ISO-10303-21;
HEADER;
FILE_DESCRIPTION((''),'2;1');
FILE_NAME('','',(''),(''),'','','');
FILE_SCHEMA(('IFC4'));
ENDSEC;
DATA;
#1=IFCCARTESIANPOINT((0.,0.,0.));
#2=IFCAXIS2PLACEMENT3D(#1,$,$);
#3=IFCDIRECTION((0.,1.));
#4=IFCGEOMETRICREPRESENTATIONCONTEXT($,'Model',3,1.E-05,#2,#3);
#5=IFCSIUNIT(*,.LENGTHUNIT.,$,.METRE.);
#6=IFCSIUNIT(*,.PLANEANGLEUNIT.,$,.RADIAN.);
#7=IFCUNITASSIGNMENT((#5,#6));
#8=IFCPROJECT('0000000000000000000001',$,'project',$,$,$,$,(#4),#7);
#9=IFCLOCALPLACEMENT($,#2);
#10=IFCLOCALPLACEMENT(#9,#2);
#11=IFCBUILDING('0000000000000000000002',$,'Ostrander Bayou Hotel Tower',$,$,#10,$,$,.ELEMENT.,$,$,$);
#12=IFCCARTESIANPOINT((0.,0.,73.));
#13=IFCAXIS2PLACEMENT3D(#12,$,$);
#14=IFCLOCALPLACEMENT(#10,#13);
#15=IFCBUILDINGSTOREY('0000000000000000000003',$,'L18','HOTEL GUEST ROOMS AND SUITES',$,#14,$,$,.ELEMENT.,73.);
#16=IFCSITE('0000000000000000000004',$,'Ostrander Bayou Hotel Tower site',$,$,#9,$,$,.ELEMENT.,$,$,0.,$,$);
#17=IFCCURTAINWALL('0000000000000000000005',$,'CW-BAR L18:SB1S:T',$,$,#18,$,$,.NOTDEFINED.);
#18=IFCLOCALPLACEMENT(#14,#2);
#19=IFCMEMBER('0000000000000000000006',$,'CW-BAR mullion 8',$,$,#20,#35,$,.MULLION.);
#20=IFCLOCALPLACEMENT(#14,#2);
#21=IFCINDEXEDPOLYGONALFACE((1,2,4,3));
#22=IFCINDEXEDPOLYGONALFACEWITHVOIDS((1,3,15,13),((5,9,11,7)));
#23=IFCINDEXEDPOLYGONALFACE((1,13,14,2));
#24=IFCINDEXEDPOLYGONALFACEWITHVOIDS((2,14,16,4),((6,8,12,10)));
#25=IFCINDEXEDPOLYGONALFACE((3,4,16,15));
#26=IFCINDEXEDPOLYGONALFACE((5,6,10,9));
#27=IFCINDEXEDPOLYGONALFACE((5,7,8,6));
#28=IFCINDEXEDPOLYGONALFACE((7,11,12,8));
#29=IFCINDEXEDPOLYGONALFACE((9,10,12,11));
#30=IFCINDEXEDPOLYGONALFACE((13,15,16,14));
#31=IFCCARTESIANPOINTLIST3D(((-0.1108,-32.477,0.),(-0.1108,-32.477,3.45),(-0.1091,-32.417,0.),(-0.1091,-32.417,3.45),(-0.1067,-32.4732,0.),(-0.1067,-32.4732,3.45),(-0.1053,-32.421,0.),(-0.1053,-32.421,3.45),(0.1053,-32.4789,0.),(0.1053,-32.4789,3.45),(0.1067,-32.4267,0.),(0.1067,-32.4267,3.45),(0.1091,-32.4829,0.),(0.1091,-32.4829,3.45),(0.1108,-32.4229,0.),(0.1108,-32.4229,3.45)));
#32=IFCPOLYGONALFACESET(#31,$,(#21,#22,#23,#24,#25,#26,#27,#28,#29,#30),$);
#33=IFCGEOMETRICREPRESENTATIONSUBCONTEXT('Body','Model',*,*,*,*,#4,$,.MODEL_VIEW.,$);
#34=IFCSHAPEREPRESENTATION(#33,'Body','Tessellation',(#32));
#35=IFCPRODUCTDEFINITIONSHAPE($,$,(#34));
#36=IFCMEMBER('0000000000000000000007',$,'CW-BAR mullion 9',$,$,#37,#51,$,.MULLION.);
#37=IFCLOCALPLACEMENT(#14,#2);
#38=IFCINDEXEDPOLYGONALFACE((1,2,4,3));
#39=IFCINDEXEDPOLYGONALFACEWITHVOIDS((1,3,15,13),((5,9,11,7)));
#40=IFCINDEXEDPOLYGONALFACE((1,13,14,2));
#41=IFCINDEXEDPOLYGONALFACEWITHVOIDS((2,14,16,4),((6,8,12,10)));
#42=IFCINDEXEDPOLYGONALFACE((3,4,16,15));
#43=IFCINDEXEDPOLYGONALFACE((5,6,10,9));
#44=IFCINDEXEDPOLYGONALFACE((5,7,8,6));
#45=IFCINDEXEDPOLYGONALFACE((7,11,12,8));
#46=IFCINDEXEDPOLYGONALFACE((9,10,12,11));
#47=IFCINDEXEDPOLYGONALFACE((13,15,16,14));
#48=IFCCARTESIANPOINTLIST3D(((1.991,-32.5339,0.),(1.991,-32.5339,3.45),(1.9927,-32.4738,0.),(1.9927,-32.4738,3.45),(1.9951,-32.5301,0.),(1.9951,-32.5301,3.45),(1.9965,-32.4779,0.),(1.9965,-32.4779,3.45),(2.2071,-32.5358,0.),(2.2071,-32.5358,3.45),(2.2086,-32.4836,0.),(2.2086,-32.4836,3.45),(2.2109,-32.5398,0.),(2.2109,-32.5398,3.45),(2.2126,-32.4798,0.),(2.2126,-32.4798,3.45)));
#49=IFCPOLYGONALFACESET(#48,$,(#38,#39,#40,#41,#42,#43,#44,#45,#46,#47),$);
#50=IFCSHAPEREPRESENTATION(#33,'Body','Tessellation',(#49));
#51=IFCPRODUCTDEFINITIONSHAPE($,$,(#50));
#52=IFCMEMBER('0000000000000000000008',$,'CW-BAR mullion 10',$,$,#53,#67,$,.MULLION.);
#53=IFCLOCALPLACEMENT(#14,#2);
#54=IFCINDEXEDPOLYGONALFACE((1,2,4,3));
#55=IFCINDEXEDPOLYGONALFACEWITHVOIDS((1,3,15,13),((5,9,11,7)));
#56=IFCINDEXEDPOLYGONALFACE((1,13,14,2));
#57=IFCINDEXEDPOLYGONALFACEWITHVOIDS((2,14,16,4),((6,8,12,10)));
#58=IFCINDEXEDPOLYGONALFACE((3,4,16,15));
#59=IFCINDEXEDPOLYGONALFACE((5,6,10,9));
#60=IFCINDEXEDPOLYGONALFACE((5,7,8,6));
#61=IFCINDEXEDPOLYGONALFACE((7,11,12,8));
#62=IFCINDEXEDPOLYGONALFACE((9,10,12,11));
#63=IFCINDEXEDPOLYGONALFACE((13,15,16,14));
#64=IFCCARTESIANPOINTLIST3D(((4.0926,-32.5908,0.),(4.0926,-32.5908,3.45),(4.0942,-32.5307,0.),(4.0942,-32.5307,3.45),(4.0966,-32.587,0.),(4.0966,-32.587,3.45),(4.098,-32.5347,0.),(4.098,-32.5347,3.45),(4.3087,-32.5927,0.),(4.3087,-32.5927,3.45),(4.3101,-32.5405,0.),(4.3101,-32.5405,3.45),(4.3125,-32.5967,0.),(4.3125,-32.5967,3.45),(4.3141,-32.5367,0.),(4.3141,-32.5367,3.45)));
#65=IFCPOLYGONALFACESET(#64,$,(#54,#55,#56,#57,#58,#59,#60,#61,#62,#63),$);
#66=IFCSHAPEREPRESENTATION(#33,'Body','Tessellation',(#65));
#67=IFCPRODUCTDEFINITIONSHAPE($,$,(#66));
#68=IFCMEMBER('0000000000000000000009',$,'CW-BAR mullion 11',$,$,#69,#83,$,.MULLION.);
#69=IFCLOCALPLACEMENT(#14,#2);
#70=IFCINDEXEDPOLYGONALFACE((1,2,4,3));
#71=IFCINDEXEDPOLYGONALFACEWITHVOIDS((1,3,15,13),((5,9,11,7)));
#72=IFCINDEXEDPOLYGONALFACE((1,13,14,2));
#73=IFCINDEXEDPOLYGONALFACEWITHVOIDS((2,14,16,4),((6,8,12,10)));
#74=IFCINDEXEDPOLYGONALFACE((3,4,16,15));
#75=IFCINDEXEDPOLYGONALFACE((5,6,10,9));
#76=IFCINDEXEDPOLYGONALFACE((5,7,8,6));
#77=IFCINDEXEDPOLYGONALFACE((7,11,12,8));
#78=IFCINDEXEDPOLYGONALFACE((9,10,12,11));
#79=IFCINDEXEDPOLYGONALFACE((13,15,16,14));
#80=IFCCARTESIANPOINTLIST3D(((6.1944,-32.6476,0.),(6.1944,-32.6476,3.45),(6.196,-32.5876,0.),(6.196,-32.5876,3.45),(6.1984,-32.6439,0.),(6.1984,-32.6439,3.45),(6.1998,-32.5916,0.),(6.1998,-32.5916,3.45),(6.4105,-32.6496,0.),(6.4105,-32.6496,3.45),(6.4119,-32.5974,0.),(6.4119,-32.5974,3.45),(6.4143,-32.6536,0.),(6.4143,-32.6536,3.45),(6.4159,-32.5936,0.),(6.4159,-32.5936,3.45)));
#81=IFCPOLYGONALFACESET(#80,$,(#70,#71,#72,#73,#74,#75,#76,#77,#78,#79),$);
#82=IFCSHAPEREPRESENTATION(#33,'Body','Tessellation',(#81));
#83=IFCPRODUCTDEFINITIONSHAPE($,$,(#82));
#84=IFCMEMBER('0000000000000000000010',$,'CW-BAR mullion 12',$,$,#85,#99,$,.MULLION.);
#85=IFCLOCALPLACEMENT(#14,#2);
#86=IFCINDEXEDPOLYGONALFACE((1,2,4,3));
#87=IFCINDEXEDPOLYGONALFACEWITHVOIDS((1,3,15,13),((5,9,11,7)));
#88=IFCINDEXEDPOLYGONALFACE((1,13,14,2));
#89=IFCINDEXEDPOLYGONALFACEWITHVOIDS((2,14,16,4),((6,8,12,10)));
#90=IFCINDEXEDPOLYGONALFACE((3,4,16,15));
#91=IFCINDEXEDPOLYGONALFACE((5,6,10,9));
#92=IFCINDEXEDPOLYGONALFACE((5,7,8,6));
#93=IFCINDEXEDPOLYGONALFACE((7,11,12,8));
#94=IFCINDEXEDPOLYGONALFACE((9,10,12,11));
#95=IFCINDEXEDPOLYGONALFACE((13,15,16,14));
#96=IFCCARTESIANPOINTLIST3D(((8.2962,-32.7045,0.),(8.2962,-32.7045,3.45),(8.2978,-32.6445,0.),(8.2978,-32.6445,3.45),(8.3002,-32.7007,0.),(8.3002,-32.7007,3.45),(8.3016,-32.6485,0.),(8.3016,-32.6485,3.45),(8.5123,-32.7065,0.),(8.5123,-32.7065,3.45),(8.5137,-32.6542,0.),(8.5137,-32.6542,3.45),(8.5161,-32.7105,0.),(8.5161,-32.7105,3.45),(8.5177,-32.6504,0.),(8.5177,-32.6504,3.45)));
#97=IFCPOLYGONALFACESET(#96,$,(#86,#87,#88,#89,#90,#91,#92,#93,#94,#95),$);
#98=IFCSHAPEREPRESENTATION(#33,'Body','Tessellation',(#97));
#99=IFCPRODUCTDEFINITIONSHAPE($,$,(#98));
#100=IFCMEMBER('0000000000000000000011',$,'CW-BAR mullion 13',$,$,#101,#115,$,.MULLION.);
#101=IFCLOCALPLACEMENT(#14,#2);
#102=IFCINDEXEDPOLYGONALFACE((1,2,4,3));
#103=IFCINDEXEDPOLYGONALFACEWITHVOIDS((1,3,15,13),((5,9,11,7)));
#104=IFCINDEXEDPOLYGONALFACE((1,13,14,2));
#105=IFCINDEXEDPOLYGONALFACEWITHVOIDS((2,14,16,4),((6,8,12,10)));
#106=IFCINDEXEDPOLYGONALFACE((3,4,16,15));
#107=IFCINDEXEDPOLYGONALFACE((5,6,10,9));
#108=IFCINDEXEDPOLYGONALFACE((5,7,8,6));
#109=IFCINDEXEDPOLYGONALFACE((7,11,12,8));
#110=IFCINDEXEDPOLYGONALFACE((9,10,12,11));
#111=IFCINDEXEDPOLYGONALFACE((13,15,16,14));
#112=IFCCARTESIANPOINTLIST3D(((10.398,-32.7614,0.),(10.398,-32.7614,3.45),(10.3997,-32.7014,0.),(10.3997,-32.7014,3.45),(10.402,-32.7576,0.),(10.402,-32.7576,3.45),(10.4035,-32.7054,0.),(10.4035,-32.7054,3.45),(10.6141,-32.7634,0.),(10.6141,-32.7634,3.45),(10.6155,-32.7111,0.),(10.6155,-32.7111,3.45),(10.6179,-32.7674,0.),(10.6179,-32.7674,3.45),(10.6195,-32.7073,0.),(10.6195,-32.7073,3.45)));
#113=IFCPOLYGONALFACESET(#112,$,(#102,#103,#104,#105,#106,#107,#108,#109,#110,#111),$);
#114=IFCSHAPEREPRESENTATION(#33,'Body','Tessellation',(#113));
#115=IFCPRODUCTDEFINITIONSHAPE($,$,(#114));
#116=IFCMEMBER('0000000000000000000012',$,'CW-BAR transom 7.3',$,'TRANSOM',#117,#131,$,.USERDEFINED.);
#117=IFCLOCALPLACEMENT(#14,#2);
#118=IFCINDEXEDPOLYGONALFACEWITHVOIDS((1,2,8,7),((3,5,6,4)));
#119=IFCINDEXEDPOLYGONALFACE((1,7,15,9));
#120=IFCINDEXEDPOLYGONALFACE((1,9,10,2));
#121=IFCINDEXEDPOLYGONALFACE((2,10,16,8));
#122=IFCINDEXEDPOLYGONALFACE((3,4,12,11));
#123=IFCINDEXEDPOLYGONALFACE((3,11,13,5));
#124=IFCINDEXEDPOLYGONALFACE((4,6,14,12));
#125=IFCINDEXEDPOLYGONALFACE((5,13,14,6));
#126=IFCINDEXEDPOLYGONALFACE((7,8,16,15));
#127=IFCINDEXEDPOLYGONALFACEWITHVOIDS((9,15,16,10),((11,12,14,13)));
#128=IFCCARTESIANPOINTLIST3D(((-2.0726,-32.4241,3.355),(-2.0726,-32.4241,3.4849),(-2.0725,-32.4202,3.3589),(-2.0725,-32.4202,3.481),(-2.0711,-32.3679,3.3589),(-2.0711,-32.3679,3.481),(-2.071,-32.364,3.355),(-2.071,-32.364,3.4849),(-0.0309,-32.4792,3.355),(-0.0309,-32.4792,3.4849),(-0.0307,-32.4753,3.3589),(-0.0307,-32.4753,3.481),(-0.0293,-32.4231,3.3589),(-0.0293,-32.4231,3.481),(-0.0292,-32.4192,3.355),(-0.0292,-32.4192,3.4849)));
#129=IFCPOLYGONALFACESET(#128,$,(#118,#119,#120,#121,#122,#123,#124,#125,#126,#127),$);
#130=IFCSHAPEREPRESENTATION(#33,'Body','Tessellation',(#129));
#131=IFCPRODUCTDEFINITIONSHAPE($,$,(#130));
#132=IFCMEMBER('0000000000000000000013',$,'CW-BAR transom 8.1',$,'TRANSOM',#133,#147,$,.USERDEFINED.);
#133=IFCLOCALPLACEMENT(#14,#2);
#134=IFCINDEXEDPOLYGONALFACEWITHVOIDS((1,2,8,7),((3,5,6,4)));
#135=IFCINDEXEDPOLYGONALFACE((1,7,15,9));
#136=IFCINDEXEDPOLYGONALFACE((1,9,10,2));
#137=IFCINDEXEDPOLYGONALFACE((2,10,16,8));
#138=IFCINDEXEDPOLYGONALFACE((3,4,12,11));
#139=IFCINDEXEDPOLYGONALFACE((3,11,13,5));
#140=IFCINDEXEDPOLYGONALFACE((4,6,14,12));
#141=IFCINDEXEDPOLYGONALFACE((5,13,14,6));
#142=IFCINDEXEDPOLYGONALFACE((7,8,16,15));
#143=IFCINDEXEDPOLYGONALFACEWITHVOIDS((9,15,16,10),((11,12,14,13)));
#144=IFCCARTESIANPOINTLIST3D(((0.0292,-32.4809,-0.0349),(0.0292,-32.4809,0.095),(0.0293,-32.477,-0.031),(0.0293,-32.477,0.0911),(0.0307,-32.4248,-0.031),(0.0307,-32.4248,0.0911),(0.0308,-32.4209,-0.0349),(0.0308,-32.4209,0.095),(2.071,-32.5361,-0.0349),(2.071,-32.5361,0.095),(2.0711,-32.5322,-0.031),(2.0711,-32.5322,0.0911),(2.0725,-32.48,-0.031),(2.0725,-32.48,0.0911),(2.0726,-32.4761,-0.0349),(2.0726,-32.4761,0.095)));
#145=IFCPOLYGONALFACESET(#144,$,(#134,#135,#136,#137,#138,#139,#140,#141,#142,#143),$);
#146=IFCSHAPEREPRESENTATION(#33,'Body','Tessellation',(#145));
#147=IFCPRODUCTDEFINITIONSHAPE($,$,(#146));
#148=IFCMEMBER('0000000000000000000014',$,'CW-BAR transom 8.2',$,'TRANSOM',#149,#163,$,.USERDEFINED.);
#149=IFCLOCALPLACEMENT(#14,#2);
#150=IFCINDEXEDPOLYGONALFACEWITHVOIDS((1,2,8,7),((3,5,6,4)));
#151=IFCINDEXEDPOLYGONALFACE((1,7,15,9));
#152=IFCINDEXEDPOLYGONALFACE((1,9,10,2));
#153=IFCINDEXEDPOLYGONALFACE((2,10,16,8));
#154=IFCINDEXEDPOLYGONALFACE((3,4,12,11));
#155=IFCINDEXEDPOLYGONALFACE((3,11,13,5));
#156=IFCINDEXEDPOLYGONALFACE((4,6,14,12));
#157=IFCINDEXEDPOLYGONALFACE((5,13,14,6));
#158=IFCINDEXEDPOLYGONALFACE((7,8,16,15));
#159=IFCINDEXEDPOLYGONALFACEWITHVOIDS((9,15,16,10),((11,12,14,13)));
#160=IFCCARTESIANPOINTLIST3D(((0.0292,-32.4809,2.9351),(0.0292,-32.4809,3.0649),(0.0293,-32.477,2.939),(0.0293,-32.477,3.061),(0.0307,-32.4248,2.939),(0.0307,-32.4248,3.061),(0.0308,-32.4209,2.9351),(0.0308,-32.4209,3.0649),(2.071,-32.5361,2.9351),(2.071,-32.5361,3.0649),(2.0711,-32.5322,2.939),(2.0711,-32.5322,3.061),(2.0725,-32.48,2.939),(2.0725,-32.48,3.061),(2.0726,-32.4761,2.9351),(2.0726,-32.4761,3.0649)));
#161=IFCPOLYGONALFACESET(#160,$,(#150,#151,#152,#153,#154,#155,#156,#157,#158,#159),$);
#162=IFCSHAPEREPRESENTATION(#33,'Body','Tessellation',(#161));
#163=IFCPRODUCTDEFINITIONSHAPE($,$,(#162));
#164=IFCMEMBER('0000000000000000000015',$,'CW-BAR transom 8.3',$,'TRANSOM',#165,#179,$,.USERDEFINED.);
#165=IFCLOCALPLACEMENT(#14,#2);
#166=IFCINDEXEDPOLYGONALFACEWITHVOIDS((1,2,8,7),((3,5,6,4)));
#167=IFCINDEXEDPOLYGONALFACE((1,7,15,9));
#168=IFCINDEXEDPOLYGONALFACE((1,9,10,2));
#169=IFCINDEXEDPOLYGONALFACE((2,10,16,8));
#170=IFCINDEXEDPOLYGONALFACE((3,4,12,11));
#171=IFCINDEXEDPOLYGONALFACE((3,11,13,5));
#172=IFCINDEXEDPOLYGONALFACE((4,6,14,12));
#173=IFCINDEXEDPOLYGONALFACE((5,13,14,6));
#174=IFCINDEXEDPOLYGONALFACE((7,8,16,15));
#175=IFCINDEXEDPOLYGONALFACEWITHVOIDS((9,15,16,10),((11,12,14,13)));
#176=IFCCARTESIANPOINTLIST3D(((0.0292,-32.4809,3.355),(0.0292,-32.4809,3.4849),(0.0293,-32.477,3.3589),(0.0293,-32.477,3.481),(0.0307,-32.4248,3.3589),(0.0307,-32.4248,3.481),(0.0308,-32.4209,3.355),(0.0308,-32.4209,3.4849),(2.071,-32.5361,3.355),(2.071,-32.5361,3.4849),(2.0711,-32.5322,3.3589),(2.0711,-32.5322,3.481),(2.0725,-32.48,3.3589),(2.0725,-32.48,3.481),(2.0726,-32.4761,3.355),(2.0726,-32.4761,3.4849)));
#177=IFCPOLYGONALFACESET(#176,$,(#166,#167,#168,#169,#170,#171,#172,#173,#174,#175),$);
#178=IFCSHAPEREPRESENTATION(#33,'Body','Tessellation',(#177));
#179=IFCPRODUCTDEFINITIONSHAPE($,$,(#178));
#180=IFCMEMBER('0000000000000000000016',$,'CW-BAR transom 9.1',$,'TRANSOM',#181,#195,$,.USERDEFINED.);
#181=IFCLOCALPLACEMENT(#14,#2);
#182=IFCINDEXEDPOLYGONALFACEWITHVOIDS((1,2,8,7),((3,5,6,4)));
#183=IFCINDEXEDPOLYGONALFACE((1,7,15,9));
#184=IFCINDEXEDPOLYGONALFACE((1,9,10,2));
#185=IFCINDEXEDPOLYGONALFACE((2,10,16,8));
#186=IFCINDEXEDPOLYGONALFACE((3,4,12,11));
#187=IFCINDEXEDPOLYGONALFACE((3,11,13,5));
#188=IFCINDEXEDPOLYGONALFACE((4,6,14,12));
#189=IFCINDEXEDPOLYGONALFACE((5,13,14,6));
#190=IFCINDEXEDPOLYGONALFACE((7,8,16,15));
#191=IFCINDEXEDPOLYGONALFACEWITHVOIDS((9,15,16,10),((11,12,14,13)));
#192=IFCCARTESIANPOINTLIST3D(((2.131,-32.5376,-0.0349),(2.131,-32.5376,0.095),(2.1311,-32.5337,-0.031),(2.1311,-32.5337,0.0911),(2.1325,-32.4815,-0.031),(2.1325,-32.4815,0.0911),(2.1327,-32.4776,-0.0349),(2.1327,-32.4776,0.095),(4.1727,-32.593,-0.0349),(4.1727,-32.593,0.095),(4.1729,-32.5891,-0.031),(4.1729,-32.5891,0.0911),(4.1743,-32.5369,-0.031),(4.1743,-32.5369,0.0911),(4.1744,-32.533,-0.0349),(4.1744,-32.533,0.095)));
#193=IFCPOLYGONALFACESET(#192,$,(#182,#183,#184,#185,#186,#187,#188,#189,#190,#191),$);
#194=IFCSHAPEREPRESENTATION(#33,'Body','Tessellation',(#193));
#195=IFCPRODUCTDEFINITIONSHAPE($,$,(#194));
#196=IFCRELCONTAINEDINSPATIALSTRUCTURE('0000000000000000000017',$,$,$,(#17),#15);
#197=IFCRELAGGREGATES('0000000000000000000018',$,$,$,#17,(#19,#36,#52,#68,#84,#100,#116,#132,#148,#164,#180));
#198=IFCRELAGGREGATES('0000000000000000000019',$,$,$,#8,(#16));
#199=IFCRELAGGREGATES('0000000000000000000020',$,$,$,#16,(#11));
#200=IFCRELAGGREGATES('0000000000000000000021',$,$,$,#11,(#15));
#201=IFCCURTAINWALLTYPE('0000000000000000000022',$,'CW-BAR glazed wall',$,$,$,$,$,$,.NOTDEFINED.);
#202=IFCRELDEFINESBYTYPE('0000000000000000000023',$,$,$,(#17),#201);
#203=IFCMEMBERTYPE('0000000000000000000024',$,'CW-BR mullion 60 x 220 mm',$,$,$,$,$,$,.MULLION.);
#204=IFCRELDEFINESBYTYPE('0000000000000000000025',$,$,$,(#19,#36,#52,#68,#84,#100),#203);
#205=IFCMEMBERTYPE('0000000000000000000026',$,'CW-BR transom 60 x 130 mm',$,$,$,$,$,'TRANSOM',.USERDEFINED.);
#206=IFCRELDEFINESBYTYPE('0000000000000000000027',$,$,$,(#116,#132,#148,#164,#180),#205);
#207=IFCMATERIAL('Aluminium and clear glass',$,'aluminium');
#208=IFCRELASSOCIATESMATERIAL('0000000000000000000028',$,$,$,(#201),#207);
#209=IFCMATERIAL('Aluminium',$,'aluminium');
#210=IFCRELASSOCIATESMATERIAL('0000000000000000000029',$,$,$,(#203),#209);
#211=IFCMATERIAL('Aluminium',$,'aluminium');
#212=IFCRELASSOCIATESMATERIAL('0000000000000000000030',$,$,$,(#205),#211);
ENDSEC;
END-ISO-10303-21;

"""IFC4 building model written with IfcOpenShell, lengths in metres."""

from ifc_helpers import new_model, si_unit, direction, frame, origin, origin_2d, place, context, subcontext, project, spatial, hollow_rectangle, extrude, material, material_profile, profile_set, type_object, element, aggregate, save


model = new_model("IFC4")

# Units and contexts
model_context = context("Model", 3, precision=1e-05, world=origin(), true_north=direction((0.0, 1.0)))
body_context = subcontext(model_context, "Body", "Model", "MODEL_VIEW")
ifc_project = project(units=[si_unit("LENGTHUNIT", "METRE"), si_unit("PLANEANGLEUNIT", "RADIAN")], contexts=[model_context])

# Site, building, storey
site_placement = place(None, origin())
site = spatial("IfcSite", under=ifc_project, at=site_placement, Name="Ostrander Bayou Hotel Tower site", CompositionType="ELEMENT", RefElevation=0.0)
building_placement = place(site_placement, origin())
building = spatial("IfcBuilding", under=site, at=building_placement, Name="Ostrander Bayou Hotel Tower", CompositionType="ELEMENT")
storey_placement = place(building_placement, frame((0.0, 0.0, 73.0)))
storey = spatial("IfcBuildingStorey", under=building, at=storey_placement, Name="L18", Description="HOTEL GUEST ROOMS AND SUITES", CompositionType="ELEMENT", Elevation=73.0)

# Curtain wall, members
ifc_material_1 = material(Name="Aluminium and clear glass", Category="aluminium")
curtain_wall_type = type_object("IfcCurtainWallType", Name="CW-BAR glazed wall", PredefinedType="NOTDEFINED", material=ifc_material_1)
curtain_wall_placement = place(storey_placement, origin())
curtain_wall = element("IfcCurtainWall", 1, at=curtain_wall_placement, inside=storey, type_object=curtain_wall_type, Name="CW-BAR L18:SB1S:T", PredefinedType="NOTDEFINED")
ifc_material_2 = material(Name="Aluminium", Category="aluminium")
ifc_material_profile_1 = material_profile(ifc_material_2, hollow_rectangle(XDim=0.0601, YDim=0.22, WallThickness=0.0039, at=origin_2d()))
ifc_profile_set_1 = profile_set([ifc_material_profile_1], Name="Aluminium")
member_type_1 = type_object("IfcMemberType", Name="CW-BR mullion 60 x 220 mm", PredefinedType="MULLION", material=ifc_profile_set_1)
member_1_placement = place(storey_placement, frame((0.0, -32.45, 0.0), z_axis=(0.0, 0.0, 1.0), x_axis=(0.027042, 0.999634, 0.0)))
member_1 = element("IfcMember", 2, at=member_1_placement, type_object=member_type_1, Name="CW-BAR mullion 8", PredefinedType="MULLION", context=body_context, shape_type="SweptSolid", body=[
    extrude(hollow_rectangle(XDim=0.0601, YDim=0.22, WallThickness=0.0039, at=origin_2d()), origin(), (0.0, 0.0, 1.0), 3.45),
])
member_2_placement = place(storey_placement, frame((2.1018, -32.5068, 0.0), z_axis=(0.0, 0.0, 1.0), x_axis=(0.027042, 0.999634, 0.0)))
member_2 = element("IfcMember", 3, at=member_2_placement, type_object=member_type_1, Name="CW-BAR mullion 9", PredefinedType="MULLION", context=body_context, shape_type="SweptSolid", body=[
    extrude(hollow_rectangle(XDim=0.0601, YDim=0.22, WallThickness=0.0039, at=origin_2d()), origin(), (0.0, 0.0, 1.0), 3.45),
])
member_3_placement = place(storey_placement, frame((4.2034, -32.5637, 0.0), z_axis=(0.0, 0.0, 1.0), x_axis=(0.027042, 0.999634, 0.0)))
member_3 = element("IfcMember", 4, at=member_3_placement, type_object=member_type_1, Name="CW-BAR mullion 10", PredefinedType="MULLION", context=body_context, shape_type="SweptSolid", body=[
    extrude(hollow_rectangle(XDim=0.0601, YDim=0.22, WallThickness=0.0039, at=origin_2d()), origin(), (0.0, 0.0, 1.0), 3.45),
])
member_4_placement = place(storey_placement, frame((6.3052, -32.6206, 0.0), z_axis=(0.0, 0.0, 1.0), x_axis=(0.027042, 0.999634, 0.0)))
member_4 = element("IfcMember", 5, at=member_4_placement, type_object=member_type_1, Name="CW-BAR mullion 11", PredefinedType="MULLION", context=body_context, shape_type="SweptSolid", body=[
    extrude(hollow_rectangle(XDim=0.0601, YDim=0.22, WallThickness=0.0039, at=origin_2d()), origin(), (0.0, 0.0, 1.0), 3.45),
])
member_5_placement = place(storey_placement, frame((8.407, -32.6775, 0.0), z_axis=(0.0, 0.0, 1.0), x_axis=(0.027042, 0.999634, 0.0)))
member_5 = element("IfcMember", 6, at=member_5_placement, type_object=member_type_1, Name="CW-BAR mullion 12", PredefinedType="MULLION", context=body_context, shape_type="SweptSolid", body=[
    extrude(hollow_rectangle(XDim=0.0601, YDim=0.22, WallThickness=0.0039, at=origin_2d()), origin(), (0.0, 0.0, 1.0), 3.45),
])
member_6_placement = place(storey_placement, frame((10.5088, -32.7344, 0.0), z_axis=(0.0, 0.0, 1.0), x_axis=(0.027042, 0.999634, 0.0)))
member_6 = element("IfcMember", 7, at=member_6_placement, type_object=member_type_1, Name="CW-BAR mullion 13", PredefinedType="MULLION", context=body_context, shape_type="SweptSolid", body=[
    extrude(hollow_rectangle(XDim=0.0601, YDim=0.22, WallThickness=0.0039, at=origin_2d()), origin(), (0.0, 0.0, 1.0), 3.45),
])
ifc_material_3 = material(Name="Aluminium", Category="aluminium")
ifc_material_profile_2 = material_profile(ifc_material_3, hollow_rectangle(XDim=0.0601, YDim=0.1299, WallThickness=0.0039, at=origin_2d()))
ifc_profile_set_2 = profile_set([ifc_material_profile_2], Name="Aluminium")
member_type_2 = type_object("IfcMemberType", Name="CW-BR transom 60 x 130 mm", ElementType="TRANSOM", PredefinedType="USERDEFINED", material=ifc_profile_set_2)
member_7_placement = place(storey_placement, frame((-2.0718, -32.394, 3.4199), z_axis=(0.999635, -0.027014, 0.0), x_axis=(0.027014, 0.999635, 0.0)))
member_7 = element("IfcMember", 8, at=member_7_placement, type_object=member_type_2, Name="CW-BAR transom 7.3", ObjectType="TRANSOM", PredefinedType="USERDEFINED", context=body_context, shape_type="SweptSolid", body=[
    extrude(hollow_rectangle(XDim=0.0601, YDim=0.1299, WallThickness=0.0039, at=origin_2d()), origin(), (0.0, 0.0, 1.0), 2.0425),
])
member_8_placement = place(storey_placement, frame((0.03, -32.4509, 0.03), z_axis=(0.999635, -0.027014, 0.0), x_axis=(0.027014, 0.999635, 0.0)))
member_8 = element("IfcMember", 9, at=member_8_placement, type_object=member_type_2, Name="CW-BAR transom 8.1", ObjectType="TRANSOM", PredefinedType="USERDEFINED", context=body_context, shape_type="SweptSolid", body=[
    extrude(hollow_rectangle(XDim=0.0601, YDim=0.1299, WallThickness=0.0039, at=origin_2d()), origin(), (0.0, 0.0, 1.0), 2.0425),
])
member_9_placement = place(storey_placement, frame((0.03, -32.4509, 3.0), z_axis=(0.999635, -0.027014, 0.0), x_axis=(0.027014, 0.999635, 0.0)))
member_9 = element("IfcMember", 10, at=member_9_placement, type_object=member_type_2, Name="CW-BAR transom 8.2", ObjectType="TRANSOM", PredefinedType="USERDEFINED", context=body_context, shape_type="SweptSolid", body=[
    extrude(hollow_rectangle(XDim=0.0601, YDim=0.1299, WallThickness=0.0039, at=origin_2d()), origin(), (0.0, 0.0, 1.0), 2.0425),
])
member_10_placement = place(storey_placement, frame((0.03, -32.4509, 3.4199), z_axis=(0.999635, -0.027014, 0.0), x_axis=(0.027014, 0.999635, 0.0)))
member_10 = element("IfcMember", 11, at=member_10_placement, type_object=member_type_2, Name="CW-BAR transom 8.3", ObjectType="TRANSOM", PredefinedType="USERDEFINED", context=body_context, shape_type="SweptSolid", body=[
    extrude(hollow_rectangle(XDim=0.0601, YDim=0.1299, WallThickness=0.0039, at=origin_2d()), origin(), (0.0, 0.0, 1.0), 2.0425),
])
member_11_placement = place(storey_placement, frame((2.1318, -32.5076, 0.03), z_axis=(0.999632, -0.027133, 0.0), x_axis=(0.027133, 0.999632, 0.0)))
member_11 = element("IfcMember", 12, at=member_11_placement, type_object=member_type_2, Name="CW-BAR transom 9.1", ObjectType="TRANSOM", PredefinedType="USERDEFINED", context=body_context, shape_type="SweptSolid", body=[
    extrude(hollow_rectangle(XDim=0.0601, YDim=0.1299, WallThickness=0.0039, at=origin_2d()), origin(), (0.0, 0.0, 1.0), 2.0425),
])
aggregate(curtain_wall, [member_1, member_2, member_3, member_4, member_5, member_6, member_7, member_8, member_9, member_10, member_11])

save(model, "model.ifc")
